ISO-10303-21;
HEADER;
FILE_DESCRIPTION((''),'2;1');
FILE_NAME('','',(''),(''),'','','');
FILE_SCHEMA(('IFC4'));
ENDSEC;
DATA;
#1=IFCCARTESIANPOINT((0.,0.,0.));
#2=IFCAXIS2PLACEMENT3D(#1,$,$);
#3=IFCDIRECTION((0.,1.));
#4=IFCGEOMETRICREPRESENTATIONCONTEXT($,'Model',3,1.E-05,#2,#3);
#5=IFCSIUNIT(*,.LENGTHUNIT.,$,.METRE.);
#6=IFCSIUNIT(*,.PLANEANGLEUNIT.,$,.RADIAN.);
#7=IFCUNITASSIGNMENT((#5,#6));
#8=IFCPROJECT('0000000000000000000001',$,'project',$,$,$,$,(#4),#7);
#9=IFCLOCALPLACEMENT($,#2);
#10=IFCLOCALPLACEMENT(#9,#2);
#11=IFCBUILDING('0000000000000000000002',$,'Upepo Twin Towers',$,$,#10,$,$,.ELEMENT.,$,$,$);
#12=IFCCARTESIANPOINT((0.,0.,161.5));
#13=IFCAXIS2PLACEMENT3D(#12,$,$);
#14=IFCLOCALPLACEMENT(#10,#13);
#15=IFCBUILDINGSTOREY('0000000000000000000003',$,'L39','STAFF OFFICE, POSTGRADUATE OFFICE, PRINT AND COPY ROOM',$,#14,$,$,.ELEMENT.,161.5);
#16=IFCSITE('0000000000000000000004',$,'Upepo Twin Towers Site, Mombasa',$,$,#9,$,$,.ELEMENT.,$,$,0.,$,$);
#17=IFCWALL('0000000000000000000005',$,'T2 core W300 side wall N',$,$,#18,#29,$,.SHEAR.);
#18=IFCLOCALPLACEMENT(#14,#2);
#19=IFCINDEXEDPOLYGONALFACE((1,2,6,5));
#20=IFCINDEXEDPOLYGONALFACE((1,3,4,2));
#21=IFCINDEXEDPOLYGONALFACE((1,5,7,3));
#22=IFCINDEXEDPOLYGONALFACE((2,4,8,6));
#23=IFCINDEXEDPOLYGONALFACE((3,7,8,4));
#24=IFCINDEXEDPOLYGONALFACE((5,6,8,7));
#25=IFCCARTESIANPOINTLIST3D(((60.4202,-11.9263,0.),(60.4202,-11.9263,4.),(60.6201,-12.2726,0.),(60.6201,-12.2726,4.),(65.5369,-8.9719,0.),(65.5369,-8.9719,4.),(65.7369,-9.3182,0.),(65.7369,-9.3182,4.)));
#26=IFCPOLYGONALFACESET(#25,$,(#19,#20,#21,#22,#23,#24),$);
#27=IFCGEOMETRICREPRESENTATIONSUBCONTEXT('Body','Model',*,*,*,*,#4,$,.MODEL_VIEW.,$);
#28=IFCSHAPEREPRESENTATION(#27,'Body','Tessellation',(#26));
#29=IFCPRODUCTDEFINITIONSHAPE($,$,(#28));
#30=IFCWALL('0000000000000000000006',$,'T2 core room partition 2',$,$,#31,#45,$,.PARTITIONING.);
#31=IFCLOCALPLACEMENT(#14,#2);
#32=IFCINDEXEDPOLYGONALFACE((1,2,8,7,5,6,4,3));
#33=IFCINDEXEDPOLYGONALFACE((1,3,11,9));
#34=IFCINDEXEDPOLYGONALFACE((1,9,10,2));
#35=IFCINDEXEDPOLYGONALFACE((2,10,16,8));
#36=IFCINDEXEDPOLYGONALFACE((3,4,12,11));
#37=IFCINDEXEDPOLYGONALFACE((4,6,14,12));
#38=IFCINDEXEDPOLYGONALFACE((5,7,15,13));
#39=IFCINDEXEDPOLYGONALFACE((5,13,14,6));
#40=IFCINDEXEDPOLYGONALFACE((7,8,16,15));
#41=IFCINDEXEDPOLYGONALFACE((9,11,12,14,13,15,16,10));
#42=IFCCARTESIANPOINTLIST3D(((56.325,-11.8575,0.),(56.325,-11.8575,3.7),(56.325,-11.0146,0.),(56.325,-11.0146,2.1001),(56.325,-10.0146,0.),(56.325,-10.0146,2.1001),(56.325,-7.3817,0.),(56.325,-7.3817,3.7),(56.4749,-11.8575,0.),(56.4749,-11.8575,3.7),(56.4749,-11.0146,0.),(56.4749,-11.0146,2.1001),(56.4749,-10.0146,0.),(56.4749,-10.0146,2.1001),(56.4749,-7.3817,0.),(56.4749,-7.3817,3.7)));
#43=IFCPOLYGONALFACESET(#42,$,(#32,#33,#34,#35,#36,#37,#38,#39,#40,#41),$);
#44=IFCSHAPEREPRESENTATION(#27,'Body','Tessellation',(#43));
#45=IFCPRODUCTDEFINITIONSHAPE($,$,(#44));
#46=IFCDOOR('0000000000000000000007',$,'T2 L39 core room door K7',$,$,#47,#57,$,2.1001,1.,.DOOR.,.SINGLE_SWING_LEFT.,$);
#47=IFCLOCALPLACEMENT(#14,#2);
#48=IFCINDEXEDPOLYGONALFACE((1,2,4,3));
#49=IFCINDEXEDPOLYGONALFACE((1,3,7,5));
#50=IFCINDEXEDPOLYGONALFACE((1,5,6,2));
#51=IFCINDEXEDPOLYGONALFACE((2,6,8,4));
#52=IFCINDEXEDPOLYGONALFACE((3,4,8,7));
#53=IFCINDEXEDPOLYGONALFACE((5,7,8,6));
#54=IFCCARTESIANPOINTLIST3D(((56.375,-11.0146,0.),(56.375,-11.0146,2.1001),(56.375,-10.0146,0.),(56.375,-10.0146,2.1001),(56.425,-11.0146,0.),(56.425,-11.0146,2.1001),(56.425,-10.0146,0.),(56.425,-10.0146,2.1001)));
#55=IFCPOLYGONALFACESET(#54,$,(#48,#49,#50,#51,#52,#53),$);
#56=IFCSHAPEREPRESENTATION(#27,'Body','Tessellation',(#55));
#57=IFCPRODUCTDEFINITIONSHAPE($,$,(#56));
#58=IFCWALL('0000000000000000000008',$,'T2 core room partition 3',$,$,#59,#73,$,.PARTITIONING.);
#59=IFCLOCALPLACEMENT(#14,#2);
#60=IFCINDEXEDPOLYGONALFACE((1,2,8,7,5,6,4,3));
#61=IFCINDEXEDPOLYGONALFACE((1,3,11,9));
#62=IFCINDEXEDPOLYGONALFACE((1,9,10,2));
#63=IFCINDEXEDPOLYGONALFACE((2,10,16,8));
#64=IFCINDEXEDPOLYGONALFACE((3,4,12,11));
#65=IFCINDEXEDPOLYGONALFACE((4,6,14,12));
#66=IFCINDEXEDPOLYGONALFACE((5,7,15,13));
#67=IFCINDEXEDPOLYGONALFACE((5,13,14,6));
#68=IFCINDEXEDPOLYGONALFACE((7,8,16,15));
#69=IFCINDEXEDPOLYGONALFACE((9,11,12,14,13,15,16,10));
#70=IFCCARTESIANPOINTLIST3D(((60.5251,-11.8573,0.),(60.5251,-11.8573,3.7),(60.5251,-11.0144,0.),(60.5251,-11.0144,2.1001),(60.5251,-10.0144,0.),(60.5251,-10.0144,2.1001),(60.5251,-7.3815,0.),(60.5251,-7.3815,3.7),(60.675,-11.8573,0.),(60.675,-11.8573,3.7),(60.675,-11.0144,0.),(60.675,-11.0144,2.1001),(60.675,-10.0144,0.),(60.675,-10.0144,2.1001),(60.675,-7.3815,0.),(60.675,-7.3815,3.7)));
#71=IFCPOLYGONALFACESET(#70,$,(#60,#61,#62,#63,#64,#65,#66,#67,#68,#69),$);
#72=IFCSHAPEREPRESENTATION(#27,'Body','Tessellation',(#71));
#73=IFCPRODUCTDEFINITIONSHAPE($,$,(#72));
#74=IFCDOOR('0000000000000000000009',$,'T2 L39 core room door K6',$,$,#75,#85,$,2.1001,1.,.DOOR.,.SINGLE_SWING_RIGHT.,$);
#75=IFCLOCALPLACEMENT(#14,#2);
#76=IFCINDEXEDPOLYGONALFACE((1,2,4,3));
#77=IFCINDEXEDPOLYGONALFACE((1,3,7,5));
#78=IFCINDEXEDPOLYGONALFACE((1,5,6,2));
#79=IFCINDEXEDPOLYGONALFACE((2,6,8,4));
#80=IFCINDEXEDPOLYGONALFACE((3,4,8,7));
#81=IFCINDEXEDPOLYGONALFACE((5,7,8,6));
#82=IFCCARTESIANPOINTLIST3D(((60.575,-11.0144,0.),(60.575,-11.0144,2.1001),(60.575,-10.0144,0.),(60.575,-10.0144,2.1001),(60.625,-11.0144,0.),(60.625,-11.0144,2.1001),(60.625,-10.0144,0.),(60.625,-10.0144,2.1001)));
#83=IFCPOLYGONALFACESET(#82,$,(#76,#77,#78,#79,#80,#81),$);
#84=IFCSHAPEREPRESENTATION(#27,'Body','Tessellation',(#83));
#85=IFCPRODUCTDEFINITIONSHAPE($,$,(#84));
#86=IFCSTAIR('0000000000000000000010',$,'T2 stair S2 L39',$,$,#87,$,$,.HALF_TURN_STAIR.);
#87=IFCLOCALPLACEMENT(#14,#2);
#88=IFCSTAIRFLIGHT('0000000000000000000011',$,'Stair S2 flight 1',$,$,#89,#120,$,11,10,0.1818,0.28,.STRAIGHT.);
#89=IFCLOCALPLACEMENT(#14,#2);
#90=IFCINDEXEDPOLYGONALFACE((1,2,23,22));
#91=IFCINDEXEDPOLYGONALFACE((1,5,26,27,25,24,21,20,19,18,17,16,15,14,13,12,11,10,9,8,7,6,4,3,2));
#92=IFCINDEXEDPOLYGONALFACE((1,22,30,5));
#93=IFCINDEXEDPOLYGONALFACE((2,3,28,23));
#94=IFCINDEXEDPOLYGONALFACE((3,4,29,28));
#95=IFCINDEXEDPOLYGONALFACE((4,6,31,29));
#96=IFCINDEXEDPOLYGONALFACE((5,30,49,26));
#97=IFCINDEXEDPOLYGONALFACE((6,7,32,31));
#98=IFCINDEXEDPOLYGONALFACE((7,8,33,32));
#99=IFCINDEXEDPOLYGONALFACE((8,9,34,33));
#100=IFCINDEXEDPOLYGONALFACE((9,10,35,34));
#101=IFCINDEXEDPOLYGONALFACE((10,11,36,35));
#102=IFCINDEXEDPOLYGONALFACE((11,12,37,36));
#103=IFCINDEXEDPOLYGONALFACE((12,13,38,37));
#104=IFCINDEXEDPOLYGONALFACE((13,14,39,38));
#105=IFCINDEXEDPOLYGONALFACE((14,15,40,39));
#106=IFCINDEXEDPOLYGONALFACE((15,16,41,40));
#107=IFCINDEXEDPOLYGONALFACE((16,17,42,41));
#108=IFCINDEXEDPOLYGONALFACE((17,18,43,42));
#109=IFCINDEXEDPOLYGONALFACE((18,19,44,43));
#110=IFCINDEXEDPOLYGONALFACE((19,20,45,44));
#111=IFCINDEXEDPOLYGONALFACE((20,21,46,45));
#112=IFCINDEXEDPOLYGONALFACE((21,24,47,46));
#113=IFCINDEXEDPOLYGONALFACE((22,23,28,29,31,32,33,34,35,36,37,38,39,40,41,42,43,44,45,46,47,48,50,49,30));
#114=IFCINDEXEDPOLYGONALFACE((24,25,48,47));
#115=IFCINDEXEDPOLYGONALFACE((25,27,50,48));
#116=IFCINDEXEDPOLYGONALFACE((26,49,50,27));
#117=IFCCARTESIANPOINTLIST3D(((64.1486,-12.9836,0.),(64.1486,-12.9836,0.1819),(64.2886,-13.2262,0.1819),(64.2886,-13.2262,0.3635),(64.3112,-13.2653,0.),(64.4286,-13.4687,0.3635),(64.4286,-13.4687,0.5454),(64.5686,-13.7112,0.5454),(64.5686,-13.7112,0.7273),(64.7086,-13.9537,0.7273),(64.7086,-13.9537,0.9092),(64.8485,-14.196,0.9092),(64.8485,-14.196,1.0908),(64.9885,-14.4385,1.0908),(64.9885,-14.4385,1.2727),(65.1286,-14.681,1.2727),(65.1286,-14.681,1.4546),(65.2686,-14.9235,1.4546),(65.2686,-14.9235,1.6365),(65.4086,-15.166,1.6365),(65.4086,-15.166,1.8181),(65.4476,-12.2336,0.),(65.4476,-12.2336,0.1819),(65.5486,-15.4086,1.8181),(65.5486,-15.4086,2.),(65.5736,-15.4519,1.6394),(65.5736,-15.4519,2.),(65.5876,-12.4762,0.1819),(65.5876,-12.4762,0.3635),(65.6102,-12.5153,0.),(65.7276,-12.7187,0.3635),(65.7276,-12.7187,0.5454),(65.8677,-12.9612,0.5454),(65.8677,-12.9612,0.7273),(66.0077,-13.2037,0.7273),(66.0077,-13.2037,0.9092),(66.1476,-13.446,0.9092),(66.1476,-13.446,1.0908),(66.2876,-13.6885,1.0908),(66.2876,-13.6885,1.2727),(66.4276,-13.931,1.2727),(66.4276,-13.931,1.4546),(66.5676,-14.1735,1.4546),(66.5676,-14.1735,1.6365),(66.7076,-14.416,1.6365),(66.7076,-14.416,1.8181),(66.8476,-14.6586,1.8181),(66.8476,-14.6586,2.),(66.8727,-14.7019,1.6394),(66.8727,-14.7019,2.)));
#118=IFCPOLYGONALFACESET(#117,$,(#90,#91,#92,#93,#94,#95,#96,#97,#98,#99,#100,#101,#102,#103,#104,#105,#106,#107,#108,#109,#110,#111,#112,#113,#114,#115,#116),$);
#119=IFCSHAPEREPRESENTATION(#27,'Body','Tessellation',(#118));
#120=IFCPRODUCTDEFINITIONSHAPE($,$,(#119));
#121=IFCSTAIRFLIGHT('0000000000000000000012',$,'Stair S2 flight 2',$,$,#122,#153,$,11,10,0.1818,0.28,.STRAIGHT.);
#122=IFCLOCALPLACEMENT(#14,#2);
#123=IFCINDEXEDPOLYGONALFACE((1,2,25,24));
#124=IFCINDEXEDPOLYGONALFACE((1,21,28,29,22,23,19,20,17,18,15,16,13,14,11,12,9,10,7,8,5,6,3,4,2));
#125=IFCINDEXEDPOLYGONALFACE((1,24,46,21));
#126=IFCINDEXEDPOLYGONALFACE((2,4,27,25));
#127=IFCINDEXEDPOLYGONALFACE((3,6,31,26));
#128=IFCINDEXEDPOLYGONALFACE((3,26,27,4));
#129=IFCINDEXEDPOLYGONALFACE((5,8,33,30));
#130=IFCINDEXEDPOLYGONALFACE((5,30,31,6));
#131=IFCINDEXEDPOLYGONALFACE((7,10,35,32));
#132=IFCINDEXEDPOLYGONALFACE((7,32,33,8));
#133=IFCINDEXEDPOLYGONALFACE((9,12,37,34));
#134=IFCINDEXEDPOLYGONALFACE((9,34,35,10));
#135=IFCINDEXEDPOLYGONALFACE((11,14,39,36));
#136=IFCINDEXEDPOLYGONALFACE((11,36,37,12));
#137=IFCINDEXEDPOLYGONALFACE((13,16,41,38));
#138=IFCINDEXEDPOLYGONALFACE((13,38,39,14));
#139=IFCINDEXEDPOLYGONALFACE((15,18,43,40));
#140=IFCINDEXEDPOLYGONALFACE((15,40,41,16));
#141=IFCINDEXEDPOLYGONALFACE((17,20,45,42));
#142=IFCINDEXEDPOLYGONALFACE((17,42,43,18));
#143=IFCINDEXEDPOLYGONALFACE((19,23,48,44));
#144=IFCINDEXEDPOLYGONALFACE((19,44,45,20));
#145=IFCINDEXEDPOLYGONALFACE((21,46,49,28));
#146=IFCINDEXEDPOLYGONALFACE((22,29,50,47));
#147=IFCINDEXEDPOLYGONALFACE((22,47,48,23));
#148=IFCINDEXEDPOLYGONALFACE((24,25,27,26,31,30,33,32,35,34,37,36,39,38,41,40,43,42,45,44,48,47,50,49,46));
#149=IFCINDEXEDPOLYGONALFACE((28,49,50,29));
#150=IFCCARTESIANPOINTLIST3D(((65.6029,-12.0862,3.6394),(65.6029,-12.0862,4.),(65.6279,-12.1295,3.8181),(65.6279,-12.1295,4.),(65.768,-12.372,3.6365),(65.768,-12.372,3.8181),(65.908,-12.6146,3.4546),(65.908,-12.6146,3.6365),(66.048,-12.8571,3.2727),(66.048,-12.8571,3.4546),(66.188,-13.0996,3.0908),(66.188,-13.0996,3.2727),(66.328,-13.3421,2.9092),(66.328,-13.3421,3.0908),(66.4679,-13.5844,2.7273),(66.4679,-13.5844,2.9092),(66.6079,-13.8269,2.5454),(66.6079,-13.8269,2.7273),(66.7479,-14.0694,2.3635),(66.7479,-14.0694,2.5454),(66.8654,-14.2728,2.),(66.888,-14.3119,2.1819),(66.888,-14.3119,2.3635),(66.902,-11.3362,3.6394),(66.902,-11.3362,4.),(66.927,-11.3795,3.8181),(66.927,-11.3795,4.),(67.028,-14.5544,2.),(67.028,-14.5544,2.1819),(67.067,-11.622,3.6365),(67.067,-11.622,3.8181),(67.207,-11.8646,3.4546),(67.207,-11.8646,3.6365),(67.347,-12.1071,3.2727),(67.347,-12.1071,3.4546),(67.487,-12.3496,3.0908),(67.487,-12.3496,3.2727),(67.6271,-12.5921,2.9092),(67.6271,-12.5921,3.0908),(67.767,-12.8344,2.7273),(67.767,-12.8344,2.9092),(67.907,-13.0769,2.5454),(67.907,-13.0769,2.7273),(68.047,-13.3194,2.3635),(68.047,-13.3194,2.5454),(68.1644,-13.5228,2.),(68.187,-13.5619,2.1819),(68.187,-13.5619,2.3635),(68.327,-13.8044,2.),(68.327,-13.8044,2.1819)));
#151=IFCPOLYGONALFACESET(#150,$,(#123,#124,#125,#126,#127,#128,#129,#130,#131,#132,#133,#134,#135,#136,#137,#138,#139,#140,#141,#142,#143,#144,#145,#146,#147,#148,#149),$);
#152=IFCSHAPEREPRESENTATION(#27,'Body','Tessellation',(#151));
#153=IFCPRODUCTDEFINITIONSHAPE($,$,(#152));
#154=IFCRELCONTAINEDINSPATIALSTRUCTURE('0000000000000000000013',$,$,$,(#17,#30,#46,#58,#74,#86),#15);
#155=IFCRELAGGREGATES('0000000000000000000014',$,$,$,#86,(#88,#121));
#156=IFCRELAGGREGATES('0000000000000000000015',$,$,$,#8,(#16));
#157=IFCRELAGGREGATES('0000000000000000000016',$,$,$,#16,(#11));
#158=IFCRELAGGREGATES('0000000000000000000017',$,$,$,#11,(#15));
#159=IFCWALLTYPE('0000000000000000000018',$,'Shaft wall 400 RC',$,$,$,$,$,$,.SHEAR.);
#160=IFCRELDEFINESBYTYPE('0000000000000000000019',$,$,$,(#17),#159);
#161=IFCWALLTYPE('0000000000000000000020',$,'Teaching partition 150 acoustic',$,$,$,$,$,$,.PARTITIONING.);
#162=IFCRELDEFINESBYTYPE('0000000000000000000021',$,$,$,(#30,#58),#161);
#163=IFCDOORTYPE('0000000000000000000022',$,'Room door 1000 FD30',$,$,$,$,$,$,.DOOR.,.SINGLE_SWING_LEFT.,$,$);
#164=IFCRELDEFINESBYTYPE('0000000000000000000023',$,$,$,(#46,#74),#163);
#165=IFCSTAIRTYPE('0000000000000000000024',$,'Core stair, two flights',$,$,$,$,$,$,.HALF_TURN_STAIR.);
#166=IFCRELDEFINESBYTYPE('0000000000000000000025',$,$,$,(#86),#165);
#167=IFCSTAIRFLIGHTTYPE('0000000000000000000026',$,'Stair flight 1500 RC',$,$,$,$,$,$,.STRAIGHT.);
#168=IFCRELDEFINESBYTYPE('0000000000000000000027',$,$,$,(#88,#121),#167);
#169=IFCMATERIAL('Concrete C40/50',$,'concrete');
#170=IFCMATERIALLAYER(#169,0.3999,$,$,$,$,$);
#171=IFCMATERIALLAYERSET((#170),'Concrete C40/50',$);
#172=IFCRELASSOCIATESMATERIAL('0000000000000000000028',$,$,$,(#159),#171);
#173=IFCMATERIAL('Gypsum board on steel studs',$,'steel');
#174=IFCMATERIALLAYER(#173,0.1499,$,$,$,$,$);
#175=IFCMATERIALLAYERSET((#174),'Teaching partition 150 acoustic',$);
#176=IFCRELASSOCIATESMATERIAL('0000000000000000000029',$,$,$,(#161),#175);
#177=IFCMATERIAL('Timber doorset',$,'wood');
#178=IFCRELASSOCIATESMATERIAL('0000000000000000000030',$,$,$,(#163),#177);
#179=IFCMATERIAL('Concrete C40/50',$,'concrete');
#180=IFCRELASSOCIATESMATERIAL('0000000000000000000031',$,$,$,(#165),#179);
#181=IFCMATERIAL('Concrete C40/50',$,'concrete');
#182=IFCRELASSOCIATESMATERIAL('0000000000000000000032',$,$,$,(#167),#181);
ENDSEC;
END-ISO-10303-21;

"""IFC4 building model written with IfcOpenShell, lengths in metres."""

from ifc_helpers import new_model, si_unit, direction, frame, frame_2d, origin, place, context, subcontext, project, spatial, polyline, rectangle, outline, extrude, material, layer, layer_set, type_object, element, fill, aggregate, save


model = new_model("IFC4")

# Units and contexts
model_context = context("Model", 3, precision=1e-05, world=origin(), true_north=direction((0.0, 1.0)))
body_context = subcontext(model_context, "Body", "Model", "MODEL_VIEW")
ifc_project = project(units=[si_unit("LENGTHUNIT", "METRE"), si_unit("PLANEANGLEUNIT", "RADIAN")], contexts=[model_context])

# Site, building, storey
site_placement = place(None, origin())
site = spatial("IfcSite", under=ifc_project, at=site_placement, Name="Upepo Twin Towers Site, Mombasa", CompositionType="ELEMENT", RefElevation=0.0)
building_placement = place(site_placement, origin())
building = spatial("IfcBuilding", under=site, at=building_placement, Name="Upepo Twin Towers", CompositionType="ELEMENT")
storey_placement = place(building_placement, frame((0.0, 0.0, 161.5)))
storey = spatial("IfcBuildingStorey", under=building, at=storey_placement, Name="L39", Description="STAFF OFFICE, POSTGRADUATE OFFICE, PRINT AND COPY ROOM", CompositionType="ELEMENT", Elevation=161.5)

# Wall
ifc_material_1 = material(Name="Concrete C40/50", Category="concrete")
ifc_layer_1 = layer(ifc_material_1, 0.3999)
ifc_layer_set_1 = layer_set([ifc_layer_1], Name="Concrete C40/50")
wall_type_1 = type_object("IfcWallType", Name="Shaft wall 400 RC", PredefinedType="SHEAR", material=ifc_layer_set_1)
for number, where, z_axis, x_axis, name in (
    (1, (60.5203, -12.0994, 0.0), (0.0, 0.0, 1.0), (0.866009, 0.500028, 0.0), "T2 core W300 side wall N"),
):
    element("IfcWall", number, at=place(storey_placement, frame(where, z_axis=z_axis, x_axis=x_axis)), inside=storey, type_object=wall_type_1, Name=name, PredefinedType="SHEAR", context=body_context, shape_type="SweptSolid", body=[
        extrude(rectangle(XDim=5.9084, YDim=0.3999, at=frame_2d((2.9541, 0.0))), origin(), (0.0, 0.0, 1.0), 4.0),
    ])

# Walls, openings, doors
ifc_material_2 = material(Name="Gypsum board on steel studs", Category="steel")
ifc_layer_2 = layer(ifc_material_2, 0.1499)
ifc_layer_set_2 = layer_set([ifc_layer_2], Name="Teaching partition 150 acoustic")
wall_type_2 = type_object("IfcWallType", Name="Teaching partition 150 acoustic", PredefinedType="PARTITIONING", material=ifc_layer_set_2)
wall_1_placement = place(storey_placement, frame((56.3999, -11.8574, 0.0), z_axis=(0.0, 0.0, 1.0), x_axis=(0.0, 1.0, 0.0)))
wall_1 = element("IfcWall", 2, at=wall_1_placement, inside=storey, type_object=wall_type_2, Name="T2 core room partition 2", PredefinedType="PARTITIONING", context=body_context, shape_type="SweptSolid", body=[
    extrude(rectangle(XDim=4.4758, YDim=0.1499, at=frame_2d((2.2378, 0.0))), origin(), (0.0, 0.0, 1.0), 3.7),
])
opening_1_placement = place(wall_1_placement, frame((0.8428, 0.0, 0.0)))
opening_1 = element("IfcOpeningElement", 3, at=opening_1_placement, cuts=wall_1, PredefinedType="OPENING", context=body_context, shape_type="SweptSolid", body=[
    extrude(rectangle(XDim=1.0, YDim=2.1001, at=frame_2d((0.5, 1.05))), frame((0.0, 0.085, 0.0), z_axis=(0.0, -1.0, 0.0), x_axis=(1.0, 0.0, 0.0)), (0.0, 0.0, 1.0), 0.1699),
])
ifc_material_3 = material(Name="Timber doorset", Category="wood")
door_type_1 = type_object("IfcDoorType", Name="Room door 1000 FD30", OperationType="SINGLE_SWING_LEFT", PredefinedType="DOOR", material=ifc_material_3)
door_1_placement = place(opening_1_placement, origin())
door_1 = element("IfcDoor", 4, at=door_1_placement, inside=storey, type_object=door_type_1, Name="T2 L39 core room door K7", OperationType="SINGLE_SWING_LEFT", OverallHeight=2.1001, OverallWidth=1.0, PredefinedType="DOOR", context=body_context, shape_type="SweptSolid", body=[
    extrude(rectangle(XDim=1.0, YDim=2.1001, at=frame_2d((0.5, 1.05))), frame((0.0, 0.0249, 0.0), z_axis=(0.0, -1.0, 0.0), x_axis=(1.0, 0.0, 0.0)), (0.0, 0.0, 1.0), 0.05),
])
fill(opening_1, door_1)
wall_2_placement = place(storey_placement, frame((60.6001, -7.3816, 0.0), z_axis=(0.0, 0.0, 1.0), x_axis=(0.0, -1.0, 0.0)))
wall_2 = element("IfcWall", 5, at=wall_2_placement, inside=storey, type_object=wall_type_2, Name="T2 core room partition 3", PredefinedType="PARTITIONING", context=body_context, shape_type="SweptSolid", body=[
    extrude(rectangle(XDim=4.4758, YDim=0.1499, at=frame_2d((2.2378, 0.0))), origin(), (0.0, 0.0, 1.0), 3.7),
])
opening_2_placement = place(wall_2_placement, frame((2.6328, 0.0, 0.0)))
opening_2 = element("IfcOpeningElement", 6, at=opening_2_placement, cuts=wall_2, PredefinedType="OPENING", context=body_context, shape_type="SweptSolid", body=[
    extrude(rectangle(XDim=1.0, YDim=2.1001, at=frame_2d((0.5, 1.05))), frame((0.0, 0.085, 0.0), z_axis=(0.0, -1.0, 0.0), x_axis=(1.0, 0.0, 0.0)), (0.0, 0.0, 1.0), 0.1699),
])
door_2_placement = place(opening_2_placement, origin())
door_2 = element("IfcDoor", 7, at=door_2_placement, inside=storey, type_object=door_type_1, Name="T2 L39 core room door K6", OperationType="SINGLE_SWING_RIGHT", OverallHeight=2.1001, OverallWidth=1.0, PredefinedType="DOOR", context=body_context, shape_type="SweptSolid", body=[
    extrude(rectangle(XDim=1.0, YDim=2.1001, at=frame_2d((0.5, 1.05))), frame((0.0, 0.0249, 0.0), z_axis=(0.0, -1.0, 0.0), x_axis=(1.0, 0.0, 0.0)), (0.0, 0.0, 1.0), 0.05),
])
fill(opening_2, door_2)

# Stair, stair flights
ifc_material_4 = material(Name="Concrete C40/50", Category="concrete")
stair_type = type_object("IfcStairType", Name="Core stair, two flights", PredefinedType="HALF_TURN_STAIR", material=ifc_material_4)
stair_placement = place(storey_placement, origin())
stair = element("IfcStair", 8, at=stair_placement, inside=storey, type_object=stair_type, Name="T2 stair S2 L39", PredefinedType="HALF_TURN_STAIR")
ifc_material_5 = material(Name="Concrete C40/50", Category="concrete")
stair_flight_type = type_object("IfcStairFlightType", Name="Stair flight 1500 RC", PredefinedType="STRAIGHT", material=ifc_material_5)
stair_flight_1_placement = place(storey_placement, frame((64.7981, -12.6086, 0.0), z_axis=(0.0, 0.0, 1.0), x_axis=(0.5, -0.866025, 0.0)))
stair_flight_1 = element("IfcStairFlight", 9, at=stair_flight_1_placement, type_object=stair_flight_type, Name="Stair S2 flight 1", NumberOfRisers=11, NumberOfTreads=10, PredefinedType="STRAIGHT", RiserHeight=0.1818, TreadLength=0.28, context=body_context, shape_type="SweptSolid", body=[
    extrude(outline(polyline([(0.0, 0.0), (0.0, 0.1819), (0.28, 0.1819), (0.28, 0.3635), (0.5601, 0.3635), (0.5601, 0.5454), (0.8401, 0.5454), (0.8401, 0.7273), (1.1201, 0.7273), (1.1201, 0.9092), (1.3999, 0.9092), (1.3999, 1.0908), (1.6799, 1.0908), (1.6799, 1.2727), (1.96, 1.2727), (1.96, 1.4546), (2.24, 1.4546), (2.24, 1.6365), (2.52, 1.6365), (2.52, 1.8181), (2.8, 1.8181), (2.8, 2.0), (2.8501, 2.0), (2.8501, 1.6394), (0.3252, 0.0), (0.0, 0.0)])), frame((0.0, 0.75, 0.0), z_axis=(0.0, -1.0, 0.0), x_axis=(1.0, 0.0, 0.0)), (0.0, 0.0, 1.0), 1.5),
])
stair_flight_2_placement = place(storey_placement, frame((67.6775, -14.1794, 2.0), z_axis=(0.0, 0.0, 1.0), x_axis=(-0.5, 0.866025, 0.0)))
stair_flight_2 = element("IfcStairFlight", 10, at=stair_flight_2_placement, type_object=stair_flight_type, Name="Stair S2 flight 2", NumberOfRisers=11, NumberOfTreads=10, PredefinedType="STRAIGHT", RiserHeight=0.1818, TreadLength=0.28, context=body_context, shape_type="SweptSolid", body=[
    extrude(outline(polyline([(0.0, 0.0), (0.0, 0.1819), (0.28, 0.1819), (0.28, 0.3635), (0.5601, 0.3635), (0.5601, 0.5454), (0.8401, 0.5454), (0.8401, 0.7273), (1.1201, 0.7273), (1.1201, 0.9092), (1.3999, 0.9092), (1.3999, 1.0908), (1.6799, 1.0908), (1.6799, 1.2727), (1.96, 1.2727), (1.96, 1.4546), (2.24, 1.4546), (2.24, 1.6365), (2.52, 1.6365), (2.52, 1.8181), (2.8, 1.8181), (2.8, 2.0), (2.8501, 2.0), (2.8501, 1.6394), (0.3252, 0.0), (0.0, 0.0)])), frame((0.0, 0.75, 0.0), z_axis=(0.0, -1.0, 0.0), x_axis=(1.0, 0.0, 0.0)), (0.0, 0.0, 1.0), 1.5),
])
aggregate(stair, [stair_flight_1, stair_flight_2])

save(model, "model.ifc")
